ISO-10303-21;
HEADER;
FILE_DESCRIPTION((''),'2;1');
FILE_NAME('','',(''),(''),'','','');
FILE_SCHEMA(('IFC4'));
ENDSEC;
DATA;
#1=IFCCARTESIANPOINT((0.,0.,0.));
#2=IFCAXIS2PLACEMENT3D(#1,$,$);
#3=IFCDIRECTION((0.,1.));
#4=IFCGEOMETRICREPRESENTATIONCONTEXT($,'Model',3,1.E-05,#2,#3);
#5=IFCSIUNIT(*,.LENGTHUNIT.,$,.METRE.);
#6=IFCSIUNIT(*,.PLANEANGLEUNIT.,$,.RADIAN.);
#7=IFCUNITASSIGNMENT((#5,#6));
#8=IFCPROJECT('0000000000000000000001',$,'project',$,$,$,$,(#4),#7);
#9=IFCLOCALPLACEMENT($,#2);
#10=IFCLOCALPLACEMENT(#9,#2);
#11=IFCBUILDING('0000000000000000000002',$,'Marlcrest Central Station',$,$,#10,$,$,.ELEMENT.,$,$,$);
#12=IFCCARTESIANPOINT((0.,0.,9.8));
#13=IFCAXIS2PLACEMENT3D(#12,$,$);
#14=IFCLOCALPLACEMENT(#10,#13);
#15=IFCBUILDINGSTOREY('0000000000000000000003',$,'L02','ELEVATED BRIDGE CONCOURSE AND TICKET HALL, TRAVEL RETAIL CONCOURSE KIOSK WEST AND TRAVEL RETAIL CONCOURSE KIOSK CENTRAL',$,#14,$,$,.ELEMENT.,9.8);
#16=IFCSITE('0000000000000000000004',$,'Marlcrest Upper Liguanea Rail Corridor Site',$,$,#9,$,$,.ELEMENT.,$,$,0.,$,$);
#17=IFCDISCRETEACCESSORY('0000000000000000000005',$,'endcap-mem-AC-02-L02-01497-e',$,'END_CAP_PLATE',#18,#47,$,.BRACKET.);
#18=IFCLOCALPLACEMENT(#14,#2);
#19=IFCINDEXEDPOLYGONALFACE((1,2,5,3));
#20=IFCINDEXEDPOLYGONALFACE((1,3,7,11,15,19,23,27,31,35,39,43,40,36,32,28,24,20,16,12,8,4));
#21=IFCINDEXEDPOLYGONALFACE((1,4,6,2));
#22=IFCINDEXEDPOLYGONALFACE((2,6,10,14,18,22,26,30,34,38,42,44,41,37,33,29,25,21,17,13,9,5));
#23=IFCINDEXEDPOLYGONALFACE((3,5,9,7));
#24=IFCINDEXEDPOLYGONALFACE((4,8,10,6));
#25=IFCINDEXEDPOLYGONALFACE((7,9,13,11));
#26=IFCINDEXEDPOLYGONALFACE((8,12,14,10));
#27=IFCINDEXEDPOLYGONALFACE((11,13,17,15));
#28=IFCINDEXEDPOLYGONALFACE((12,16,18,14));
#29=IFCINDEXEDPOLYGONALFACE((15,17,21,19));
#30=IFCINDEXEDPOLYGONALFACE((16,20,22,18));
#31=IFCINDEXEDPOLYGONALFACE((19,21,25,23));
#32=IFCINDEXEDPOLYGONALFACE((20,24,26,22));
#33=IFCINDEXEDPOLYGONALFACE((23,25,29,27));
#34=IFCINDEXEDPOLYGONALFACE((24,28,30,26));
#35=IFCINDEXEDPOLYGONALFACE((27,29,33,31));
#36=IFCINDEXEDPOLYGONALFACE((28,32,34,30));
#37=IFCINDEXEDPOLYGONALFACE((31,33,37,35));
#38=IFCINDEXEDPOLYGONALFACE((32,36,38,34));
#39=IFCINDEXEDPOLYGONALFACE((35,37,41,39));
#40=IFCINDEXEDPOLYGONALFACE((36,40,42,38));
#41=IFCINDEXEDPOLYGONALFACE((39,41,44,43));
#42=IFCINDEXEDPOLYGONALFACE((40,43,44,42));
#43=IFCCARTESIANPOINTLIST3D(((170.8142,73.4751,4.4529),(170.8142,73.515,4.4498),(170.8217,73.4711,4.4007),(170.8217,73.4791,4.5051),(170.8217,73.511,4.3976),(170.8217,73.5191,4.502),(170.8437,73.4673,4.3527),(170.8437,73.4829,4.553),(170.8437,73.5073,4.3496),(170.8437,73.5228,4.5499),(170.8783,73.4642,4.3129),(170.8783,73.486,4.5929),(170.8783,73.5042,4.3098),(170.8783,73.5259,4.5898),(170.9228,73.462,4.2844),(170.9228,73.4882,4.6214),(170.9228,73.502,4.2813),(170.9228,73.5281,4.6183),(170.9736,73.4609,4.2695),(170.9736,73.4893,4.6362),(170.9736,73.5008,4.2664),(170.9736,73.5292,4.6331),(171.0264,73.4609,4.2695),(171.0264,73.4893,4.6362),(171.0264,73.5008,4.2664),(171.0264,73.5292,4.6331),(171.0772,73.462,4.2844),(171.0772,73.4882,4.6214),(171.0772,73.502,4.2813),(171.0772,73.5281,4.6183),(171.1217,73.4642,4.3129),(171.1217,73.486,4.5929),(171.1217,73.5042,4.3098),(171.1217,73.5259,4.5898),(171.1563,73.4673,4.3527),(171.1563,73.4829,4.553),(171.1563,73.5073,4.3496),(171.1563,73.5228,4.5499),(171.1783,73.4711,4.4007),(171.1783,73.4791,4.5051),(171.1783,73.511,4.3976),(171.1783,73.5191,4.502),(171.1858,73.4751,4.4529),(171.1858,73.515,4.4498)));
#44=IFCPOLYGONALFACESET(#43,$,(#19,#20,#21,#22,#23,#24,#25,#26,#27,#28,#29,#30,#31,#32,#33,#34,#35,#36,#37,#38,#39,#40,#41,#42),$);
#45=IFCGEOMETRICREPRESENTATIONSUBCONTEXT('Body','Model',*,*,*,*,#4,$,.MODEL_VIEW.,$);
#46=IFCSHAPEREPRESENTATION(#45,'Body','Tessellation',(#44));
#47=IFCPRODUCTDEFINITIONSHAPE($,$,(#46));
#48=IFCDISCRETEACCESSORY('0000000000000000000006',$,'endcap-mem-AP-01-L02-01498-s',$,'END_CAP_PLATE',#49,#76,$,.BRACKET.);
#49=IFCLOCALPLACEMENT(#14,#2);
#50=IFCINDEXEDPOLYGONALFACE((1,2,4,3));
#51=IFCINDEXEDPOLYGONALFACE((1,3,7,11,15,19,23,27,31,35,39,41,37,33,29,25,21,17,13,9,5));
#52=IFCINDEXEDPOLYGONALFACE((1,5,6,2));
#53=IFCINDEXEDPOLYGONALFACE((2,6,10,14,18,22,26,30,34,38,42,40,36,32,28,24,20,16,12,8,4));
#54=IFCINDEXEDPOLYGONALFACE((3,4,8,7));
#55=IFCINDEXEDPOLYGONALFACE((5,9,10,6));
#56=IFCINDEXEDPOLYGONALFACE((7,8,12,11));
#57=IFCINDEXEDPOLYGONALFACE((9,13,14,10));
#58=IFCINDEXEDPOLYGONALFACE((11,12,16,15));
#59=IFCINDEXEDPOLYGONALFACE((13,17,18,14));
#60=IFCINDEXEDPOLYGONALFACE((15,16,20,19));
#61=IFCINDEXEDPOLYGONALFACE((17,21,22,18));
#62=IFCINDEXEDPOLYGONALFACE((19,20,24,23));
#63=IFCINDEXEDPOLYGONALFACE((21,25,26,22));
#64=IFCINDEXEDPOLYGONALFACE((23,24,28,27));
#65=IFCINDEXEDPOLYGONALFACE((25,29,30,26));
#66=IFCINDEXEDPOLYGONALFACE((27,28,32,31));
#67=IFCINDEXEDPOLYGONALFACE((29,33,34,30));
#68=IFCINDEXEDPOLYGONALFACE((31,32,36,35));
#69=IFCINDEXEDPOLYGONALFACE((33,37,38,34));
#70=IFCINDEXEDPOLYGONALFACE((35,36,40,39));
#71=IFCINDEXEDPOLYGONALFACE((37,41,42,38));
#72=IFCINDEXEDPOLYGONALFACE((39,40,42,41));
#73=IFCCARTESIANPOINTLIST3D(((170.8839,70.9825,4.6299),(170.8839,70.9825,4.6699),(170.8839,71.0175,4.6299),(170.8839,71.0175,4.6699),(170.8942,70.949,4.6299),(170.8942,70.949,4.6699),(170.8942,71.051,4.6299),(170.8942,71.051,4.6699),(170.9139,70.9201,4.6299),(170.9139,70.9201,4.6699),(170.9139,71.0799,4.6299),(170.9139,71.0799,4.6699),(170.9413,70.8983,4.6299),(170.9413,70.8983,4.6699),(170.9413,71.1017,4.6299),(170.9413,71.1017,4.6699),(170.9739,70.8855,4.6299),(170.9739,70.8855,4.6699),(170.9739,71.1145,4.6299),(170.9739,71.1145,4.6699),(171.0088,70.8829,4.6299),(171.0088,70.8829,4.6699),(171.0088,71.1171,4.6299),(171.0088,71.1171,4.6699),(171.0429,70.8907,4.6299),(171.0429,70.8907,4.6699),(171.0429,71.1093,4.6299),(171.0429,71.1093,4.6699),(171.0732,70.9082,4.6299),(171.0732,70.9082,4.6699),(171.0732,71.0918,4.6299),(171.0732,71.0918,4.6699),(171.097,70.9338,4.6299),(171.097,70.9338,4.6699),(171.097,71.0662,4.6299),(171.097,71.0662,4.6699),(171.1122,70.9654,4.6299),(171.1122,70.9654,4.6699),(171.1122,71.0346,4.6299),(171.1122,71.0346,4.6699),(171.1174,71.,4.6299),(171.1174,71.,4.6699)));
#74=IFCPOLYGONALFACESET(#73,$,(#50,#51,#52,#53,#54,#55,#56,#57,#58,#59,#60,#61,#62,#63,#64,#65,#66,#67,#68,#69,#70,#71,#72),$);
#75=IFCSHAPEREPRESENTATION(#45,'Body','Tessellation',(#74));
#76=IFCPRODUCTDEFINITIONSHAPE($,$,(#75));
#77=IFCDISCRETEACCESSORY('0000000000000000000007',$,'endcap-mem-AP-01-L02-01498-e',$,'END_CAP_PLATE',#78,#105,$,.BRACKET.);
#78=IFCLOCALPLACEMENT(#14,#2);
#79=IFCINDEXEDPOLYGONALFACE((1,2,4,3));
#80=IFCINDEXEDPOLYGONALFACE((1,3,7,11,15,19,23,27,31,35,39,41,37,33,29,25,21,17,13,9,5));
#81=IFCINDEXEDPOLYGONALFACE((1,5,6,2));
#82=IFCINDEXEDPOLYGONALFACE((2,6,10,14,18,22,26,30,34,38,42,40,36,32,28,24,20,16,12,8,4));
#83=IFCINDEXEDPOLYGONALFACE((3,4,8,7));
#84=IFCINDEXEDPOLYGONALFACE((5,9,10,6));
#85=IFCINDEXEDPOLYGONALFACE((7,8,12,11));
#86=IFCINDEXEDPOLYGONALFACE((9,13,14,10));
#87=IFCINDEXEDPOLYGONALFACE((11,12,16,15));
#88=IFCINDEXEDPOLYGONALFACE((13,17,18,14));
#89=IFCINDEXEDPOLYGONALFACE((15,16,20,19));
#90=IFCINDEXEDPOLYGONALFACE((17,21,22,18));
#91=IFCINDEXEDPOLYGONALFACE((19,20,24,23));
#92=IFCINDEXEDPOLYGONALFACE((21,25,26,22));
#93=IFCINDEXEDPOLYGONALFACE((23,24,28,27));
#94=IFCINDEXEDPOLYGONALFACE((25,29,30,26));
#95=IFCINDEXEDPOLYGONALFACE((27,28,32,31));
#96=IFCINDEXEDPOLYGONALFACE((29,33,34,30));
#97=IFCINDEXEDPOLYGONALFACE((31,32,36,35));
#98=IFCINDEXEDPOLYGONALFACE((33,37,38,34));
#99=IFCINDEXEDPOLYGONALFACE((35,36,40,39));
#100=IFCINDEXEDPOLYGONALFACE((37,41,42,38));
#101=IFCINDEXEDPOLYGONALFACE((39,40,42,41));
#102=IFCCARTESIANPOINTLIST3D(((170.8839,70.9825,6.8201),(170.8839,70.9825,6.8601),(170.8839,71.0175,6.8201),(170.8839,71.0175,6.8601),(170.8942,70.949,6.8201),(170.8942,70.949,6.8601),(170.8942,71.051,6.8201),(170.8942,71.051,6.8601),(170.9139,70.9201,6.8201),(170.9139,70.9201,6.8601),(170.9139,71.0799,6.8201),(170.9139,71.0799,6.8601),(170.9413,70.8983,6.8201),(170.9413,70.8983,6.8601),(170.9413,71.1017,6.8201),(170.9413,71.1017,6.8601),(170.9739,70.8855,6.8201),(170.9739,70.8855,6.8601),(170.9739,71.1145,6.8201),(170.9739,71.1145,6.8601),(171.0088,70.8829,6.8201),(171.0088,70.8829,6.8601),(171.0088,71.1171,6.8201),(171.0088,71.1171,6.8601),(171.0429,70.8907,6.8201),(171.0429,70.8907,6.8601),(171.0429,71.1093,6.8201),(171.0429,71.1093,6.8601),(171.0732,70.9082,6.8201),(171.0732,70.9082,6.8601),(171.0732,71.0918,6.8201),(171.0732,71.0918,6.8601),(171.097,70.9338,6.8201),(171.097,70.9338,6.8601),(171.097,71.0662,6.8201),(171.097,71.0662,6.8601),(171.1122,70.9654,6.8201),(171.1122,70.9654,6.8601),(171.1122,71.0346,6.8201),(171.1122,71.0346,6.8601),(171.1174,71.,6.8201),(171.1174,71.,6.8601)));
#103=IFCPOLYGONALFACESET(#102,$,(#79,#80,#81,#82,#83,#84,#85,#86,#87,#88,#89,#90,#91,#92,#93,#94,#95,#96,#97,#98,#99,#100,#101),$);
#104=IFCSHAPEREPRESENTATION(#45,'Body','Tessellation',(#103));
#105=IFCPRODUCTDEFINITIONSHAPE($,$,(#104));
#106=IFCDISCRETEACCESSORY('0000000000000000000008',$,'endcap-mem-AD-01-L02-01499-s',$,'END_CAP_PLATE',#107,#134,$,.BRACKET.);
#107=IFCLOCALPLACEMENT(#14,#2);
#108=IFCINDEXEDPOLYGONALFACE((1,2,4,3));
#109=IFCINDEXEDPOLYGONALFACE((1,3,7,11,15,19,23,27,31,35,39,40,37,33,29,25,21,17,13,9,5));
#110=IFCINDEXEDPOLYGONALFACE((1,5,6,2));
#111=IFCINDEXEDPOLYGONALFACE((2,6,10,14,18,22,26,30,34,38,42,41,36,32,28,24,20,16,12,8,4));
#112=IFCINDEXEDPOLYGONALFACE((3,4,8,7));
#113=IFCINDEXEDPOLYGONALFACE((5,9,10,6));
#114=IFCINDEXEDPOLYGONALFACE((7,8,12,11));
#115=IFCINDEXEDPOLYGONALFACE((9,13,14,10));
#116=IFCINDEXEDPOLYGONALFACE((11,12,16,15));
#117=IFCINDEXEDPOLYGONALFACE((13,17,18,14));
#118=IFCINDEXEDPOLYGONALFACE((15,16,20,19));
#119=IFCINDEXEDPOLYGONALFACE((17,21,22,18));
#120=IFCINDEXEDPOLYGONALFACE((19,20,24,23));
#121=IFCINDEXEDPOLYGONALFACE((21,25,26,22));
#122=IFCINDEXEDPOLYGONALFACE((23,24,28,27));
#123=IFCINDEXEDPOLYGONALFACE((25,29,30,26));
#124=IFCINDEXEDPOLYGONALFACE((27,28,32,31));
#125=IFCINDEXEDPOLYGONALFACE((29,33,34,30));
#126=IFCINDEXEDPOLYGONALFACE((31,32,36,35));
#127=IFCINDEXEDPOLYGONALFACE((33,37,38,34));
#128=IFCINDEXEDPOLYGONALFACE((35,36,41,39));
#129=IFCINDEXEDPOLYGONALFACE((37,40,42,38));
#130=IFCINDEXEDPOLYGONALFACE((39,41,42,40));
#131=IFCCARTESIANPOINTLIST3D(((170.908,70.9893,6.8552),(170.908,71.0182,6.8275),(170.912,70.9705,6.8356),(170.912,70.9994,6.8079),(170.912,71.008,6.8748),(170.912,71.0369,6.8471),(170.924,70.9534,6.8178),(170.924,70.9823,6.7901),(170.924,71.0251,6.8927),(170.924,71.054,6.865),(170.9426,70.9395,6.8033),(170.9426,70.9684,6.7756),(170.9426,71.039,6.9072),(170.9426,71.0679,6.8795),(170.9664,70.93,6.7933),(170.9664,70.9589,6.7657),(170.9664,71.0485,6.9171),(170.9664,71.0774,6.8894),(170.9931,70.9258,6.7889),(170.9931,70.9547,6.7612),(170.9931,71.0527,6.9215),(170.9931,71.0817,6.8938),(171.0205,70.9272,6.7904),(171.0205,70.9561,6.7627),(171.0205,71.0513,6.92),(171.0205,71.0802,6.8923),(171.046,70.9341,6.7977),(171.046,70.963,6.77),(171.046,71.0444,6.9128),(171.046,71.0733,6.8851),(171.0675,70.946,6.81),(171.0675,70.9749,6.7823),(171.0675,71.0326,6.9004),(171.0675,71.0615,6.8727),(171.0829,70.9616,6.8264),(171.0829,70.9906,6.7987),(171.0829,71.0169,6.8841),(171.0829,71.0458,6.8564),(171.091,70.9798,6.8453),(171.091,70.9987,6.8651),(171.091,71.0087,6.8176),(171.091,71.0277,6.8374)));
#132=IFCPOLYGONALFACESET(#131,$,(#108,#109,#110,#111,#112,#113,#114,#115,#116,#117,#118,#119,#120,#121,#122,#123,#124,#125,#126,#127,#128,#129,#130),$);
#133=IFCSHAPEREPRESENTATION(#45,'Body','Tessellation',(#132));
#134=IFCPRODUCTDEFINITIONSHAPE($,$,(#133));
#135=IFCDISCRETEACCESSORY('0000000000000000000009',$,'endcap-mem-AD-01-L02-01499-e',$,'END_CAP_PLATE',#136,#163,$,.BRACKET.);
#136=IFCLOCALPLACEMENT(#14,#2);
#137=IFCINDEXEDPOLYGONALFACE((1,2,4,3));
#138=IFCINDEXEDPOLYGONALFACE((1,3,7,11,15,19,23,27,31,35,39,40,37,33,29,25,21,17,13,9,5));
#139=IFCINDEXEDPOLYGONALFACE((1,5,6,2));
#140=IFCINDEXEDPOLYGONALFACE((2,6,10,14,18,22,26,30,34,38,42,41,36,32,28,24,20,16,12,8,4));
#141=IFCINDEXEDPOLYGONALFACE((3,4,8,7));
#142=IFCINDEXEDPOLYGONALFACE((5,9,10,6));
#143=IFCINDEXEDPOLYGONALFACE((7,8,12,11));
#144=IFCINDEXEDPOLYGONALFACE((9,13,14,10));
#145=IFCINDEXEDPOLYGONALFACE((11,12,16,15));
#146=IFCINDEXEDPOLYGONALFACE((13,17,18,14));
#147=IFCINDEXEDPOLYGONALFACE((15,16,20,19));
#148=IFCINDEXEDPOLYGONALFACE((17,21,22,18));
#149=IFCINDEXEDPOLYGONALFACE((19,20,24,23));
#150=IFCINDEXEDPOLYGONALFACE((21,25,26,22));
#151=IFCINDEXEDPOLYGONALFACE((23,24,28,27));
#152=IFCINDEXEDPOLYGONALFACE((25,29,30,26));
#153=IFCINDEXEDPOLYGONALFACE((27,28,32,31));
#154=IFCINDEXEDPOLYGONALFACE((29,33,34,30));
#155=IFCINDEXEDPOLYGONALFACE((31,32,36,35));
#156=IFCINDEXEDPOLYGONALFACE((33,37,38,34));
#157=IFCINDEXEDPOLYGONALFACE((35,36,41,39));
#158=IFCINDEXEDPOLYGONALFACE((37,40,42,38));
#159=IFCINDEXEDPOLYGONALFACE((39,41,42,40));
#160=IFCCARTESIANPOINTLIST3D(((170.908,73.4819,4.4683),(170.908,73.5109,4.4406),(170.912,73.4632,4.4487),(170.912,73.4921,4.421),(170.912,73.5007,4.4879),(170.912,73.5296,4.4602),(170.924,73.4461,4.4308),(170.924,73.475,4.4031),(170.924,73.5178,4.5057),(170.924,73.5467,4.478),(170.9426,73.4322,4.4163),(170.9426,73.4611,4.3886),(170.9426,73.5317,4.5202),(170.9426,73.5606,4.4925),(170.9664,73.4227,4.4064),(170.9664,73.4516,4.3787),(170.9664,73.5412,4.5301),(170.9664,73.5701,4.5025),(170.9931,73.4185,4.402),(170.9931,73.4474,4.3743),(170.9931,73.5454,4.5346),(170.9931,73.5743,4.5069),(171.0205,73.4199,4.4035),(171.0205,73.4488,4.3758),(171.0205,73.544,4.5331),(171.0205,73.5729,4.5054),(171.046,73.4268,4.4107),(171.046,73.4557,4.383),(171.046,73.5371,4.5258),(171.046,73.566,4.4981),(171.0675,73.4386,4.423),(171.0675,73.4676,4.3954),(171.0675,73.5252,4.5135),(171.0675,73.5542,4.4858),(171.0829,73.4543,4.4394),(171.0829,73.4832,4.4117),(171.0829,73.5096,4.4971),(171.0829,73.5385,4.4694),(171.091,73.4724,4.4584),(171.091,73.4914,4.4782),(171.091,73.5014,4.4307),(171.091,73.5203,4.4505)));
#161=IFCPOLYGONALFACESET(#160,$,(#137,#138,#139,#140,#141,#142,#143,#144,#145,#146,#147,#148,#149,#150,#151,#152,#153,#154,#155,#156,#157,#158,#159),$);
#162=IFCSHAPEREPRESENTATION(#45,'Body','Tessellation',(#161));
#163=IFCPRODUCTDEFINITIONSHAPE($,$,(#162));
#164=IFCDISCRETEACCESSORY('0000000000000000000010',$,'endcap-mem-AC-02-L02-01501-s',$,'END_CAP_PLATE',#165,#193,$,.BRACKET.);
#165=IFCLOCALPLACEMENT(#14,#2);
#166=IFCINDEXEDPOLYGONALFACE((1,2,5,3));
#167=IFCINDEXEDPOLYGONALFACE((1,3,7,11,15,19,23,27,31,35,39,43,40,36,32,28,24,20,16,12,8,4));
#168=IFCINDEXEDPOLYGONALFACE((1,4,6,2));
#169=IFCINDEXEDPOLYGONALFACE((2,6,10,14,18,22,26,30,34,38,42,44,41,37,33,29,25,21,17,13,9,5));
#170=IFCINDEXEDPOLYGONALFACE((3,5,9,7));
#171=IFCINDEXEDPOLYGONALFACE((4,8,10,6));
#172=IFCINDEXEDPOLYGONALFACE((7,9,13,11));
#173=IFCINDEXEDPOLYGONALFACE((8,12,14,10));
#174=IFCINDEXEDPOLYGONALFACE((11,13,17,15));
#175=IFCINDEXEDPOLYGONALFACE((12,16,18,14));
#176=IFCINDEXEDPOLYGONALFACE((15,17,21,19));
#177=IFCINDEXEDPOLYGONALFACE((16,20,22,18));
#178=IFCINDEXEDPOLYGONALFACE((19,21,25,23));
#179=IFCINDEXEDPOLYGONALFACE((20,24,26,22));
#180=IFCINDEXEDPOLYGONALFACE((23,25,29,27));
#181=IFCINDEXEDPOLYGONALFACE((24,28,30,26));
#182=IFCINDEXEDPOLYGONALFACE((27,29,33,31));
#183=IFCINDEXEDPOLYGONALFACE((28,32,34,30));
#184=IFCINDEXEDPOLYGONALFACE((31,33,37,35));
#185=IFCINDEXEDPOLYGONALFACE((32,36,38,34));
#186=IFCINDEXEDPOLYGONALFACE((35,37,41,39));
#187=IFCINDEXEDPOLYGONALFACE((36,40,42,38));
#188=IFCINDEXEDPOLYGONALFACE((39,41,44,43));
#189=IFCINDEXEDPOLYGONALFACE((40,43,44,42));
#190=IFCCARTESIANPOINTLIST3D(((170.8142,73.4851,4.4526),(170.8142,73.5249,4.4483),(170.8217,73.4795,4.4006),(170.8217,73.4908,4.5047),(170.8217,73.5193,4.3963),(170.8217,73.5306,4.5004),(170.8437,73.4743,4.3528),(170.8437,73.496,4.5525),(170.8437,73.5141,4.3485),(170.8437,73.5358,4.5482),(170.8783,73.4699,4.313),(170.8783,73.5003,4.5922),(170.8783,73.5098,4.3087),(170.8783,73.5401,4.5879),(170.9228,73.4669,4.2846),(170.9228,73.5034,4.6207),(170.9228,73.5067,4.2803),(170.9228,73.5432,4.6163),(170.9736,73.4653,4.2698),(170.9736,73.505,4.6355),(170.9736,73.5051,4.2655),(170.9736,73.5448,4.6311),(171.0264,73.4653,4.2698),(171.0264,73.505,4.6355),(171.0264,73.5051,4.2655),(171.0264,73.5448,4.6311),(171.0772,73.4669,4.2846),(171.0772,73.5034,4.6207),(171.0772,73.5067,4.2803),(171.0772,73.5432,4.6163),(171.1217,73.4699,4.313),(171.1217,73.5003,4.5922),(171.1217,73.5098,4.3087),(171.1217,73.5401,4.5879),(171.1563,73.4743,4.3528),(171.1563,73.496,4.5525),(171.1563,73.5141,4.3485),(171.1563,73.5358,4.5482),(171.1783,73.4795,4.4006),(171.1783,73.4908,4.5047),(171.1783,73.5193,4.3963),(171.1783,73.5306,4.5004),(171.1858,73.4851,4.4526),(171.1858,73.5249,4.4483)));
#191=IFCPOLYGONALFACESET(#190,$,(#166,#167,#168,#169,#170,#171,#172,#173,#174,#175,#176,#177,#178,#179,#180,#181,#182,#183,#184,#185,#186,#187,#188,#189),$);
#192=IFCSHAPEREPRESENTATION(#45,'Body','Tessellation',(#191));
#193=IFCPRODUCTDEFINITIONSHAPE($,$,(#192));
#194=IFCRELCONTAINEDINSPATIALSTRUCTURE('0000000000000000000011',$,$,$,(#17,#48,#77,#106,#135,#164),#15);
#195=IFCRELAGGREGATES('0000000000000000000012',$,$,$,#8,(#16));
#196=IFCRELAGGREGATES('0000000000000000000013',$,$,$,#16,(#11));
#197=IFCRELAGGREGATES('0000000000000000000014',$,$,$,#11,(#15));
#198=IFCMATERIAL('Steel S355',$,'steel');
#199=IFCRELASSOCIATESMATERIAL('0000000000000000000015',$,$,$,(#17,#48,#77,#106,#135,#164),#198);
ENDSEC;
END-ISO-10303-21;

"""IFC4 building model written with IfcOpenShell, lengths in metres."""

from ifc_helpers import new_model, si_unit, direction, frame, origin, origin_2d, place, context, subcontext, project, spatial, circle, extrude, material, element, save


model = new_model("IFC4")

# Units and contexts
model_context = context("Model", 3, precision=1e-05, world=origin(), true_north=direction((0.0, 1.0)))
body_context = subcontext(model_context, "Body", "Model", "MODEL_VIEW")
ifc_project = project(units=[si_unit("LENGTHUNIT", "METRE"), si_unit("PLANEANGLEUNIT", "RADIAN")], contexts=[model_context])

# Site, building, storey
site_placement = place(None, origin())
site = spatial("IfcSite", under=ifc_project, at=site_placement, Name="Marlcrest Upper Liguanea Rail Corridor Site", CompositionType="ELEMENT", RefElevation=0.0)
building_placement = place(site_placement, origin())
building = spatial("IfcBuilding", under=site, at=building_placement, Name="Marlcrest Central Station", CompositionType="ELEMENT")
storey_placement = place(building_placement, frame((0.0, 0.0, 9.8)))
storey = spatial("IfcBuildingStorey", under=building, at=storey_placement, Name="L02", Description="ELEVATED BRIDGE CONCOURSE AND TICKET HALL, TRAVEL RETAIL CONCOURSE KIOSK WEST AND TRAVEL RETAIL CONCOURSE KIOSK CENTRAL", CompositionType="ELEMENT", Elevation=9.8)

# Shared definitions
ifc_material = material(Name="Steel S355", Category="steel")

# Discrete accessories
for number, where, z_axis, x_axis, name in (
    (1, (171.0, 73.4751, 4.4529), (0.0, 0.997007, -0.077307), (-1.0, 0.0, 0.0), "endcap-mem-AC-02-L02-01497-e"),
):
    element("IfcDiscreteAccessory", number, at=place(storey_placement, frame(where, z_axis=z_axis, x_axis=x_axis)), inside=storey, material=ifc_material, Name=name, ObjectType="END_CAP_PLATE", PredefinedType="BRACKET", context=body_context, shape_type="SweptSolid", body=[
        extrude(circle(Radius=0.1858, at=origin_2d()), origin(), (0.0, 0.0, 1.0), 0.04),
    ])
for number, where, z_axis, x_axis, name in (
    (2, (171.0, 71.0, 4.6299), (0.0, 0.0, 1.0), (1.0, 0.0, 0.0), "endcap-mem-AP-01-L02-01498-s"),
    (3, (171.0, 71.0, 6.8201), (0.0, 0.0, 1.0), (1.0, 0.0, 0.0), "endcap-mem-AP-01-L02-01498-e"),
):
    element("IfcDiscreteAccessory", number, at=place(storey_placement, frame(where, z_axis=z_axis, x_axis=x_axis)), inside=storey, material=ifc_material, Name=name, ObjectType="END_CAP_PLATE", PredefinedType="BRACKET", context=body_context, shape_type="SweptSolid", body=[
        extrude(circle(Radius=0.1174, at=origin_2d()), origin(), (0.0, 0.0, 1.0), 0.04),
    ])
for number, where, z_axis, x_axis, name in (
    (4, (171.0, 70.9893, 6.8552), (0.0, 0.722247, -0.691636), (-1.0, 0.0, 0.0), "endcap-mem-AD-01-L02-01499-s"),
    (5, (171.0, 73.4819, 4.4683), (0.0, 0.722247, -0.691636), (-1.0, 0.0, 0.0), "endcap-mem-AD-01-L02-01499-e"),
):
    element("IfcDiscreteAccessory", number, at=place(storey_placement, frame(where, z_axis=z_axis, x_axis=x_axis)), inside=storey, material=ifc_material, Name=name, ObjectType="END_CAP_PLATE", PredefinedType="BRACKET", context=body_context, shape_type="SweptSolid", body=[
        extrude(circle(Radius=0.092, at=origin_2d()), origin(), (0.0, 0.0, 1.0), 0.04),
    ])
discrete_accessory_1_placement = place(storey_placement, frame((171.0, 73.4851, 4.4526), z_axis=(0.0, 0.994155, -0.107959), x_axis=(-1.0, 0.0, 0.0)))
element("IfcDiscreteAccessory", 6, at=discrete_accessory_1_placement, inside=storey, material=ifc_material, Name="endcap-mem-AC-02-L02-01501-s", ObjectType="END_CAP_PLATE", PredefinedType="BRACKET", context=body_context, shape_type="SweptSolid", body=[
    extrude(circle(Radius=0.1858, at=origin_2d()), origin(), (0.0, 0.0, 1.0), 0.04),
])

save(model, "model.ifc")
